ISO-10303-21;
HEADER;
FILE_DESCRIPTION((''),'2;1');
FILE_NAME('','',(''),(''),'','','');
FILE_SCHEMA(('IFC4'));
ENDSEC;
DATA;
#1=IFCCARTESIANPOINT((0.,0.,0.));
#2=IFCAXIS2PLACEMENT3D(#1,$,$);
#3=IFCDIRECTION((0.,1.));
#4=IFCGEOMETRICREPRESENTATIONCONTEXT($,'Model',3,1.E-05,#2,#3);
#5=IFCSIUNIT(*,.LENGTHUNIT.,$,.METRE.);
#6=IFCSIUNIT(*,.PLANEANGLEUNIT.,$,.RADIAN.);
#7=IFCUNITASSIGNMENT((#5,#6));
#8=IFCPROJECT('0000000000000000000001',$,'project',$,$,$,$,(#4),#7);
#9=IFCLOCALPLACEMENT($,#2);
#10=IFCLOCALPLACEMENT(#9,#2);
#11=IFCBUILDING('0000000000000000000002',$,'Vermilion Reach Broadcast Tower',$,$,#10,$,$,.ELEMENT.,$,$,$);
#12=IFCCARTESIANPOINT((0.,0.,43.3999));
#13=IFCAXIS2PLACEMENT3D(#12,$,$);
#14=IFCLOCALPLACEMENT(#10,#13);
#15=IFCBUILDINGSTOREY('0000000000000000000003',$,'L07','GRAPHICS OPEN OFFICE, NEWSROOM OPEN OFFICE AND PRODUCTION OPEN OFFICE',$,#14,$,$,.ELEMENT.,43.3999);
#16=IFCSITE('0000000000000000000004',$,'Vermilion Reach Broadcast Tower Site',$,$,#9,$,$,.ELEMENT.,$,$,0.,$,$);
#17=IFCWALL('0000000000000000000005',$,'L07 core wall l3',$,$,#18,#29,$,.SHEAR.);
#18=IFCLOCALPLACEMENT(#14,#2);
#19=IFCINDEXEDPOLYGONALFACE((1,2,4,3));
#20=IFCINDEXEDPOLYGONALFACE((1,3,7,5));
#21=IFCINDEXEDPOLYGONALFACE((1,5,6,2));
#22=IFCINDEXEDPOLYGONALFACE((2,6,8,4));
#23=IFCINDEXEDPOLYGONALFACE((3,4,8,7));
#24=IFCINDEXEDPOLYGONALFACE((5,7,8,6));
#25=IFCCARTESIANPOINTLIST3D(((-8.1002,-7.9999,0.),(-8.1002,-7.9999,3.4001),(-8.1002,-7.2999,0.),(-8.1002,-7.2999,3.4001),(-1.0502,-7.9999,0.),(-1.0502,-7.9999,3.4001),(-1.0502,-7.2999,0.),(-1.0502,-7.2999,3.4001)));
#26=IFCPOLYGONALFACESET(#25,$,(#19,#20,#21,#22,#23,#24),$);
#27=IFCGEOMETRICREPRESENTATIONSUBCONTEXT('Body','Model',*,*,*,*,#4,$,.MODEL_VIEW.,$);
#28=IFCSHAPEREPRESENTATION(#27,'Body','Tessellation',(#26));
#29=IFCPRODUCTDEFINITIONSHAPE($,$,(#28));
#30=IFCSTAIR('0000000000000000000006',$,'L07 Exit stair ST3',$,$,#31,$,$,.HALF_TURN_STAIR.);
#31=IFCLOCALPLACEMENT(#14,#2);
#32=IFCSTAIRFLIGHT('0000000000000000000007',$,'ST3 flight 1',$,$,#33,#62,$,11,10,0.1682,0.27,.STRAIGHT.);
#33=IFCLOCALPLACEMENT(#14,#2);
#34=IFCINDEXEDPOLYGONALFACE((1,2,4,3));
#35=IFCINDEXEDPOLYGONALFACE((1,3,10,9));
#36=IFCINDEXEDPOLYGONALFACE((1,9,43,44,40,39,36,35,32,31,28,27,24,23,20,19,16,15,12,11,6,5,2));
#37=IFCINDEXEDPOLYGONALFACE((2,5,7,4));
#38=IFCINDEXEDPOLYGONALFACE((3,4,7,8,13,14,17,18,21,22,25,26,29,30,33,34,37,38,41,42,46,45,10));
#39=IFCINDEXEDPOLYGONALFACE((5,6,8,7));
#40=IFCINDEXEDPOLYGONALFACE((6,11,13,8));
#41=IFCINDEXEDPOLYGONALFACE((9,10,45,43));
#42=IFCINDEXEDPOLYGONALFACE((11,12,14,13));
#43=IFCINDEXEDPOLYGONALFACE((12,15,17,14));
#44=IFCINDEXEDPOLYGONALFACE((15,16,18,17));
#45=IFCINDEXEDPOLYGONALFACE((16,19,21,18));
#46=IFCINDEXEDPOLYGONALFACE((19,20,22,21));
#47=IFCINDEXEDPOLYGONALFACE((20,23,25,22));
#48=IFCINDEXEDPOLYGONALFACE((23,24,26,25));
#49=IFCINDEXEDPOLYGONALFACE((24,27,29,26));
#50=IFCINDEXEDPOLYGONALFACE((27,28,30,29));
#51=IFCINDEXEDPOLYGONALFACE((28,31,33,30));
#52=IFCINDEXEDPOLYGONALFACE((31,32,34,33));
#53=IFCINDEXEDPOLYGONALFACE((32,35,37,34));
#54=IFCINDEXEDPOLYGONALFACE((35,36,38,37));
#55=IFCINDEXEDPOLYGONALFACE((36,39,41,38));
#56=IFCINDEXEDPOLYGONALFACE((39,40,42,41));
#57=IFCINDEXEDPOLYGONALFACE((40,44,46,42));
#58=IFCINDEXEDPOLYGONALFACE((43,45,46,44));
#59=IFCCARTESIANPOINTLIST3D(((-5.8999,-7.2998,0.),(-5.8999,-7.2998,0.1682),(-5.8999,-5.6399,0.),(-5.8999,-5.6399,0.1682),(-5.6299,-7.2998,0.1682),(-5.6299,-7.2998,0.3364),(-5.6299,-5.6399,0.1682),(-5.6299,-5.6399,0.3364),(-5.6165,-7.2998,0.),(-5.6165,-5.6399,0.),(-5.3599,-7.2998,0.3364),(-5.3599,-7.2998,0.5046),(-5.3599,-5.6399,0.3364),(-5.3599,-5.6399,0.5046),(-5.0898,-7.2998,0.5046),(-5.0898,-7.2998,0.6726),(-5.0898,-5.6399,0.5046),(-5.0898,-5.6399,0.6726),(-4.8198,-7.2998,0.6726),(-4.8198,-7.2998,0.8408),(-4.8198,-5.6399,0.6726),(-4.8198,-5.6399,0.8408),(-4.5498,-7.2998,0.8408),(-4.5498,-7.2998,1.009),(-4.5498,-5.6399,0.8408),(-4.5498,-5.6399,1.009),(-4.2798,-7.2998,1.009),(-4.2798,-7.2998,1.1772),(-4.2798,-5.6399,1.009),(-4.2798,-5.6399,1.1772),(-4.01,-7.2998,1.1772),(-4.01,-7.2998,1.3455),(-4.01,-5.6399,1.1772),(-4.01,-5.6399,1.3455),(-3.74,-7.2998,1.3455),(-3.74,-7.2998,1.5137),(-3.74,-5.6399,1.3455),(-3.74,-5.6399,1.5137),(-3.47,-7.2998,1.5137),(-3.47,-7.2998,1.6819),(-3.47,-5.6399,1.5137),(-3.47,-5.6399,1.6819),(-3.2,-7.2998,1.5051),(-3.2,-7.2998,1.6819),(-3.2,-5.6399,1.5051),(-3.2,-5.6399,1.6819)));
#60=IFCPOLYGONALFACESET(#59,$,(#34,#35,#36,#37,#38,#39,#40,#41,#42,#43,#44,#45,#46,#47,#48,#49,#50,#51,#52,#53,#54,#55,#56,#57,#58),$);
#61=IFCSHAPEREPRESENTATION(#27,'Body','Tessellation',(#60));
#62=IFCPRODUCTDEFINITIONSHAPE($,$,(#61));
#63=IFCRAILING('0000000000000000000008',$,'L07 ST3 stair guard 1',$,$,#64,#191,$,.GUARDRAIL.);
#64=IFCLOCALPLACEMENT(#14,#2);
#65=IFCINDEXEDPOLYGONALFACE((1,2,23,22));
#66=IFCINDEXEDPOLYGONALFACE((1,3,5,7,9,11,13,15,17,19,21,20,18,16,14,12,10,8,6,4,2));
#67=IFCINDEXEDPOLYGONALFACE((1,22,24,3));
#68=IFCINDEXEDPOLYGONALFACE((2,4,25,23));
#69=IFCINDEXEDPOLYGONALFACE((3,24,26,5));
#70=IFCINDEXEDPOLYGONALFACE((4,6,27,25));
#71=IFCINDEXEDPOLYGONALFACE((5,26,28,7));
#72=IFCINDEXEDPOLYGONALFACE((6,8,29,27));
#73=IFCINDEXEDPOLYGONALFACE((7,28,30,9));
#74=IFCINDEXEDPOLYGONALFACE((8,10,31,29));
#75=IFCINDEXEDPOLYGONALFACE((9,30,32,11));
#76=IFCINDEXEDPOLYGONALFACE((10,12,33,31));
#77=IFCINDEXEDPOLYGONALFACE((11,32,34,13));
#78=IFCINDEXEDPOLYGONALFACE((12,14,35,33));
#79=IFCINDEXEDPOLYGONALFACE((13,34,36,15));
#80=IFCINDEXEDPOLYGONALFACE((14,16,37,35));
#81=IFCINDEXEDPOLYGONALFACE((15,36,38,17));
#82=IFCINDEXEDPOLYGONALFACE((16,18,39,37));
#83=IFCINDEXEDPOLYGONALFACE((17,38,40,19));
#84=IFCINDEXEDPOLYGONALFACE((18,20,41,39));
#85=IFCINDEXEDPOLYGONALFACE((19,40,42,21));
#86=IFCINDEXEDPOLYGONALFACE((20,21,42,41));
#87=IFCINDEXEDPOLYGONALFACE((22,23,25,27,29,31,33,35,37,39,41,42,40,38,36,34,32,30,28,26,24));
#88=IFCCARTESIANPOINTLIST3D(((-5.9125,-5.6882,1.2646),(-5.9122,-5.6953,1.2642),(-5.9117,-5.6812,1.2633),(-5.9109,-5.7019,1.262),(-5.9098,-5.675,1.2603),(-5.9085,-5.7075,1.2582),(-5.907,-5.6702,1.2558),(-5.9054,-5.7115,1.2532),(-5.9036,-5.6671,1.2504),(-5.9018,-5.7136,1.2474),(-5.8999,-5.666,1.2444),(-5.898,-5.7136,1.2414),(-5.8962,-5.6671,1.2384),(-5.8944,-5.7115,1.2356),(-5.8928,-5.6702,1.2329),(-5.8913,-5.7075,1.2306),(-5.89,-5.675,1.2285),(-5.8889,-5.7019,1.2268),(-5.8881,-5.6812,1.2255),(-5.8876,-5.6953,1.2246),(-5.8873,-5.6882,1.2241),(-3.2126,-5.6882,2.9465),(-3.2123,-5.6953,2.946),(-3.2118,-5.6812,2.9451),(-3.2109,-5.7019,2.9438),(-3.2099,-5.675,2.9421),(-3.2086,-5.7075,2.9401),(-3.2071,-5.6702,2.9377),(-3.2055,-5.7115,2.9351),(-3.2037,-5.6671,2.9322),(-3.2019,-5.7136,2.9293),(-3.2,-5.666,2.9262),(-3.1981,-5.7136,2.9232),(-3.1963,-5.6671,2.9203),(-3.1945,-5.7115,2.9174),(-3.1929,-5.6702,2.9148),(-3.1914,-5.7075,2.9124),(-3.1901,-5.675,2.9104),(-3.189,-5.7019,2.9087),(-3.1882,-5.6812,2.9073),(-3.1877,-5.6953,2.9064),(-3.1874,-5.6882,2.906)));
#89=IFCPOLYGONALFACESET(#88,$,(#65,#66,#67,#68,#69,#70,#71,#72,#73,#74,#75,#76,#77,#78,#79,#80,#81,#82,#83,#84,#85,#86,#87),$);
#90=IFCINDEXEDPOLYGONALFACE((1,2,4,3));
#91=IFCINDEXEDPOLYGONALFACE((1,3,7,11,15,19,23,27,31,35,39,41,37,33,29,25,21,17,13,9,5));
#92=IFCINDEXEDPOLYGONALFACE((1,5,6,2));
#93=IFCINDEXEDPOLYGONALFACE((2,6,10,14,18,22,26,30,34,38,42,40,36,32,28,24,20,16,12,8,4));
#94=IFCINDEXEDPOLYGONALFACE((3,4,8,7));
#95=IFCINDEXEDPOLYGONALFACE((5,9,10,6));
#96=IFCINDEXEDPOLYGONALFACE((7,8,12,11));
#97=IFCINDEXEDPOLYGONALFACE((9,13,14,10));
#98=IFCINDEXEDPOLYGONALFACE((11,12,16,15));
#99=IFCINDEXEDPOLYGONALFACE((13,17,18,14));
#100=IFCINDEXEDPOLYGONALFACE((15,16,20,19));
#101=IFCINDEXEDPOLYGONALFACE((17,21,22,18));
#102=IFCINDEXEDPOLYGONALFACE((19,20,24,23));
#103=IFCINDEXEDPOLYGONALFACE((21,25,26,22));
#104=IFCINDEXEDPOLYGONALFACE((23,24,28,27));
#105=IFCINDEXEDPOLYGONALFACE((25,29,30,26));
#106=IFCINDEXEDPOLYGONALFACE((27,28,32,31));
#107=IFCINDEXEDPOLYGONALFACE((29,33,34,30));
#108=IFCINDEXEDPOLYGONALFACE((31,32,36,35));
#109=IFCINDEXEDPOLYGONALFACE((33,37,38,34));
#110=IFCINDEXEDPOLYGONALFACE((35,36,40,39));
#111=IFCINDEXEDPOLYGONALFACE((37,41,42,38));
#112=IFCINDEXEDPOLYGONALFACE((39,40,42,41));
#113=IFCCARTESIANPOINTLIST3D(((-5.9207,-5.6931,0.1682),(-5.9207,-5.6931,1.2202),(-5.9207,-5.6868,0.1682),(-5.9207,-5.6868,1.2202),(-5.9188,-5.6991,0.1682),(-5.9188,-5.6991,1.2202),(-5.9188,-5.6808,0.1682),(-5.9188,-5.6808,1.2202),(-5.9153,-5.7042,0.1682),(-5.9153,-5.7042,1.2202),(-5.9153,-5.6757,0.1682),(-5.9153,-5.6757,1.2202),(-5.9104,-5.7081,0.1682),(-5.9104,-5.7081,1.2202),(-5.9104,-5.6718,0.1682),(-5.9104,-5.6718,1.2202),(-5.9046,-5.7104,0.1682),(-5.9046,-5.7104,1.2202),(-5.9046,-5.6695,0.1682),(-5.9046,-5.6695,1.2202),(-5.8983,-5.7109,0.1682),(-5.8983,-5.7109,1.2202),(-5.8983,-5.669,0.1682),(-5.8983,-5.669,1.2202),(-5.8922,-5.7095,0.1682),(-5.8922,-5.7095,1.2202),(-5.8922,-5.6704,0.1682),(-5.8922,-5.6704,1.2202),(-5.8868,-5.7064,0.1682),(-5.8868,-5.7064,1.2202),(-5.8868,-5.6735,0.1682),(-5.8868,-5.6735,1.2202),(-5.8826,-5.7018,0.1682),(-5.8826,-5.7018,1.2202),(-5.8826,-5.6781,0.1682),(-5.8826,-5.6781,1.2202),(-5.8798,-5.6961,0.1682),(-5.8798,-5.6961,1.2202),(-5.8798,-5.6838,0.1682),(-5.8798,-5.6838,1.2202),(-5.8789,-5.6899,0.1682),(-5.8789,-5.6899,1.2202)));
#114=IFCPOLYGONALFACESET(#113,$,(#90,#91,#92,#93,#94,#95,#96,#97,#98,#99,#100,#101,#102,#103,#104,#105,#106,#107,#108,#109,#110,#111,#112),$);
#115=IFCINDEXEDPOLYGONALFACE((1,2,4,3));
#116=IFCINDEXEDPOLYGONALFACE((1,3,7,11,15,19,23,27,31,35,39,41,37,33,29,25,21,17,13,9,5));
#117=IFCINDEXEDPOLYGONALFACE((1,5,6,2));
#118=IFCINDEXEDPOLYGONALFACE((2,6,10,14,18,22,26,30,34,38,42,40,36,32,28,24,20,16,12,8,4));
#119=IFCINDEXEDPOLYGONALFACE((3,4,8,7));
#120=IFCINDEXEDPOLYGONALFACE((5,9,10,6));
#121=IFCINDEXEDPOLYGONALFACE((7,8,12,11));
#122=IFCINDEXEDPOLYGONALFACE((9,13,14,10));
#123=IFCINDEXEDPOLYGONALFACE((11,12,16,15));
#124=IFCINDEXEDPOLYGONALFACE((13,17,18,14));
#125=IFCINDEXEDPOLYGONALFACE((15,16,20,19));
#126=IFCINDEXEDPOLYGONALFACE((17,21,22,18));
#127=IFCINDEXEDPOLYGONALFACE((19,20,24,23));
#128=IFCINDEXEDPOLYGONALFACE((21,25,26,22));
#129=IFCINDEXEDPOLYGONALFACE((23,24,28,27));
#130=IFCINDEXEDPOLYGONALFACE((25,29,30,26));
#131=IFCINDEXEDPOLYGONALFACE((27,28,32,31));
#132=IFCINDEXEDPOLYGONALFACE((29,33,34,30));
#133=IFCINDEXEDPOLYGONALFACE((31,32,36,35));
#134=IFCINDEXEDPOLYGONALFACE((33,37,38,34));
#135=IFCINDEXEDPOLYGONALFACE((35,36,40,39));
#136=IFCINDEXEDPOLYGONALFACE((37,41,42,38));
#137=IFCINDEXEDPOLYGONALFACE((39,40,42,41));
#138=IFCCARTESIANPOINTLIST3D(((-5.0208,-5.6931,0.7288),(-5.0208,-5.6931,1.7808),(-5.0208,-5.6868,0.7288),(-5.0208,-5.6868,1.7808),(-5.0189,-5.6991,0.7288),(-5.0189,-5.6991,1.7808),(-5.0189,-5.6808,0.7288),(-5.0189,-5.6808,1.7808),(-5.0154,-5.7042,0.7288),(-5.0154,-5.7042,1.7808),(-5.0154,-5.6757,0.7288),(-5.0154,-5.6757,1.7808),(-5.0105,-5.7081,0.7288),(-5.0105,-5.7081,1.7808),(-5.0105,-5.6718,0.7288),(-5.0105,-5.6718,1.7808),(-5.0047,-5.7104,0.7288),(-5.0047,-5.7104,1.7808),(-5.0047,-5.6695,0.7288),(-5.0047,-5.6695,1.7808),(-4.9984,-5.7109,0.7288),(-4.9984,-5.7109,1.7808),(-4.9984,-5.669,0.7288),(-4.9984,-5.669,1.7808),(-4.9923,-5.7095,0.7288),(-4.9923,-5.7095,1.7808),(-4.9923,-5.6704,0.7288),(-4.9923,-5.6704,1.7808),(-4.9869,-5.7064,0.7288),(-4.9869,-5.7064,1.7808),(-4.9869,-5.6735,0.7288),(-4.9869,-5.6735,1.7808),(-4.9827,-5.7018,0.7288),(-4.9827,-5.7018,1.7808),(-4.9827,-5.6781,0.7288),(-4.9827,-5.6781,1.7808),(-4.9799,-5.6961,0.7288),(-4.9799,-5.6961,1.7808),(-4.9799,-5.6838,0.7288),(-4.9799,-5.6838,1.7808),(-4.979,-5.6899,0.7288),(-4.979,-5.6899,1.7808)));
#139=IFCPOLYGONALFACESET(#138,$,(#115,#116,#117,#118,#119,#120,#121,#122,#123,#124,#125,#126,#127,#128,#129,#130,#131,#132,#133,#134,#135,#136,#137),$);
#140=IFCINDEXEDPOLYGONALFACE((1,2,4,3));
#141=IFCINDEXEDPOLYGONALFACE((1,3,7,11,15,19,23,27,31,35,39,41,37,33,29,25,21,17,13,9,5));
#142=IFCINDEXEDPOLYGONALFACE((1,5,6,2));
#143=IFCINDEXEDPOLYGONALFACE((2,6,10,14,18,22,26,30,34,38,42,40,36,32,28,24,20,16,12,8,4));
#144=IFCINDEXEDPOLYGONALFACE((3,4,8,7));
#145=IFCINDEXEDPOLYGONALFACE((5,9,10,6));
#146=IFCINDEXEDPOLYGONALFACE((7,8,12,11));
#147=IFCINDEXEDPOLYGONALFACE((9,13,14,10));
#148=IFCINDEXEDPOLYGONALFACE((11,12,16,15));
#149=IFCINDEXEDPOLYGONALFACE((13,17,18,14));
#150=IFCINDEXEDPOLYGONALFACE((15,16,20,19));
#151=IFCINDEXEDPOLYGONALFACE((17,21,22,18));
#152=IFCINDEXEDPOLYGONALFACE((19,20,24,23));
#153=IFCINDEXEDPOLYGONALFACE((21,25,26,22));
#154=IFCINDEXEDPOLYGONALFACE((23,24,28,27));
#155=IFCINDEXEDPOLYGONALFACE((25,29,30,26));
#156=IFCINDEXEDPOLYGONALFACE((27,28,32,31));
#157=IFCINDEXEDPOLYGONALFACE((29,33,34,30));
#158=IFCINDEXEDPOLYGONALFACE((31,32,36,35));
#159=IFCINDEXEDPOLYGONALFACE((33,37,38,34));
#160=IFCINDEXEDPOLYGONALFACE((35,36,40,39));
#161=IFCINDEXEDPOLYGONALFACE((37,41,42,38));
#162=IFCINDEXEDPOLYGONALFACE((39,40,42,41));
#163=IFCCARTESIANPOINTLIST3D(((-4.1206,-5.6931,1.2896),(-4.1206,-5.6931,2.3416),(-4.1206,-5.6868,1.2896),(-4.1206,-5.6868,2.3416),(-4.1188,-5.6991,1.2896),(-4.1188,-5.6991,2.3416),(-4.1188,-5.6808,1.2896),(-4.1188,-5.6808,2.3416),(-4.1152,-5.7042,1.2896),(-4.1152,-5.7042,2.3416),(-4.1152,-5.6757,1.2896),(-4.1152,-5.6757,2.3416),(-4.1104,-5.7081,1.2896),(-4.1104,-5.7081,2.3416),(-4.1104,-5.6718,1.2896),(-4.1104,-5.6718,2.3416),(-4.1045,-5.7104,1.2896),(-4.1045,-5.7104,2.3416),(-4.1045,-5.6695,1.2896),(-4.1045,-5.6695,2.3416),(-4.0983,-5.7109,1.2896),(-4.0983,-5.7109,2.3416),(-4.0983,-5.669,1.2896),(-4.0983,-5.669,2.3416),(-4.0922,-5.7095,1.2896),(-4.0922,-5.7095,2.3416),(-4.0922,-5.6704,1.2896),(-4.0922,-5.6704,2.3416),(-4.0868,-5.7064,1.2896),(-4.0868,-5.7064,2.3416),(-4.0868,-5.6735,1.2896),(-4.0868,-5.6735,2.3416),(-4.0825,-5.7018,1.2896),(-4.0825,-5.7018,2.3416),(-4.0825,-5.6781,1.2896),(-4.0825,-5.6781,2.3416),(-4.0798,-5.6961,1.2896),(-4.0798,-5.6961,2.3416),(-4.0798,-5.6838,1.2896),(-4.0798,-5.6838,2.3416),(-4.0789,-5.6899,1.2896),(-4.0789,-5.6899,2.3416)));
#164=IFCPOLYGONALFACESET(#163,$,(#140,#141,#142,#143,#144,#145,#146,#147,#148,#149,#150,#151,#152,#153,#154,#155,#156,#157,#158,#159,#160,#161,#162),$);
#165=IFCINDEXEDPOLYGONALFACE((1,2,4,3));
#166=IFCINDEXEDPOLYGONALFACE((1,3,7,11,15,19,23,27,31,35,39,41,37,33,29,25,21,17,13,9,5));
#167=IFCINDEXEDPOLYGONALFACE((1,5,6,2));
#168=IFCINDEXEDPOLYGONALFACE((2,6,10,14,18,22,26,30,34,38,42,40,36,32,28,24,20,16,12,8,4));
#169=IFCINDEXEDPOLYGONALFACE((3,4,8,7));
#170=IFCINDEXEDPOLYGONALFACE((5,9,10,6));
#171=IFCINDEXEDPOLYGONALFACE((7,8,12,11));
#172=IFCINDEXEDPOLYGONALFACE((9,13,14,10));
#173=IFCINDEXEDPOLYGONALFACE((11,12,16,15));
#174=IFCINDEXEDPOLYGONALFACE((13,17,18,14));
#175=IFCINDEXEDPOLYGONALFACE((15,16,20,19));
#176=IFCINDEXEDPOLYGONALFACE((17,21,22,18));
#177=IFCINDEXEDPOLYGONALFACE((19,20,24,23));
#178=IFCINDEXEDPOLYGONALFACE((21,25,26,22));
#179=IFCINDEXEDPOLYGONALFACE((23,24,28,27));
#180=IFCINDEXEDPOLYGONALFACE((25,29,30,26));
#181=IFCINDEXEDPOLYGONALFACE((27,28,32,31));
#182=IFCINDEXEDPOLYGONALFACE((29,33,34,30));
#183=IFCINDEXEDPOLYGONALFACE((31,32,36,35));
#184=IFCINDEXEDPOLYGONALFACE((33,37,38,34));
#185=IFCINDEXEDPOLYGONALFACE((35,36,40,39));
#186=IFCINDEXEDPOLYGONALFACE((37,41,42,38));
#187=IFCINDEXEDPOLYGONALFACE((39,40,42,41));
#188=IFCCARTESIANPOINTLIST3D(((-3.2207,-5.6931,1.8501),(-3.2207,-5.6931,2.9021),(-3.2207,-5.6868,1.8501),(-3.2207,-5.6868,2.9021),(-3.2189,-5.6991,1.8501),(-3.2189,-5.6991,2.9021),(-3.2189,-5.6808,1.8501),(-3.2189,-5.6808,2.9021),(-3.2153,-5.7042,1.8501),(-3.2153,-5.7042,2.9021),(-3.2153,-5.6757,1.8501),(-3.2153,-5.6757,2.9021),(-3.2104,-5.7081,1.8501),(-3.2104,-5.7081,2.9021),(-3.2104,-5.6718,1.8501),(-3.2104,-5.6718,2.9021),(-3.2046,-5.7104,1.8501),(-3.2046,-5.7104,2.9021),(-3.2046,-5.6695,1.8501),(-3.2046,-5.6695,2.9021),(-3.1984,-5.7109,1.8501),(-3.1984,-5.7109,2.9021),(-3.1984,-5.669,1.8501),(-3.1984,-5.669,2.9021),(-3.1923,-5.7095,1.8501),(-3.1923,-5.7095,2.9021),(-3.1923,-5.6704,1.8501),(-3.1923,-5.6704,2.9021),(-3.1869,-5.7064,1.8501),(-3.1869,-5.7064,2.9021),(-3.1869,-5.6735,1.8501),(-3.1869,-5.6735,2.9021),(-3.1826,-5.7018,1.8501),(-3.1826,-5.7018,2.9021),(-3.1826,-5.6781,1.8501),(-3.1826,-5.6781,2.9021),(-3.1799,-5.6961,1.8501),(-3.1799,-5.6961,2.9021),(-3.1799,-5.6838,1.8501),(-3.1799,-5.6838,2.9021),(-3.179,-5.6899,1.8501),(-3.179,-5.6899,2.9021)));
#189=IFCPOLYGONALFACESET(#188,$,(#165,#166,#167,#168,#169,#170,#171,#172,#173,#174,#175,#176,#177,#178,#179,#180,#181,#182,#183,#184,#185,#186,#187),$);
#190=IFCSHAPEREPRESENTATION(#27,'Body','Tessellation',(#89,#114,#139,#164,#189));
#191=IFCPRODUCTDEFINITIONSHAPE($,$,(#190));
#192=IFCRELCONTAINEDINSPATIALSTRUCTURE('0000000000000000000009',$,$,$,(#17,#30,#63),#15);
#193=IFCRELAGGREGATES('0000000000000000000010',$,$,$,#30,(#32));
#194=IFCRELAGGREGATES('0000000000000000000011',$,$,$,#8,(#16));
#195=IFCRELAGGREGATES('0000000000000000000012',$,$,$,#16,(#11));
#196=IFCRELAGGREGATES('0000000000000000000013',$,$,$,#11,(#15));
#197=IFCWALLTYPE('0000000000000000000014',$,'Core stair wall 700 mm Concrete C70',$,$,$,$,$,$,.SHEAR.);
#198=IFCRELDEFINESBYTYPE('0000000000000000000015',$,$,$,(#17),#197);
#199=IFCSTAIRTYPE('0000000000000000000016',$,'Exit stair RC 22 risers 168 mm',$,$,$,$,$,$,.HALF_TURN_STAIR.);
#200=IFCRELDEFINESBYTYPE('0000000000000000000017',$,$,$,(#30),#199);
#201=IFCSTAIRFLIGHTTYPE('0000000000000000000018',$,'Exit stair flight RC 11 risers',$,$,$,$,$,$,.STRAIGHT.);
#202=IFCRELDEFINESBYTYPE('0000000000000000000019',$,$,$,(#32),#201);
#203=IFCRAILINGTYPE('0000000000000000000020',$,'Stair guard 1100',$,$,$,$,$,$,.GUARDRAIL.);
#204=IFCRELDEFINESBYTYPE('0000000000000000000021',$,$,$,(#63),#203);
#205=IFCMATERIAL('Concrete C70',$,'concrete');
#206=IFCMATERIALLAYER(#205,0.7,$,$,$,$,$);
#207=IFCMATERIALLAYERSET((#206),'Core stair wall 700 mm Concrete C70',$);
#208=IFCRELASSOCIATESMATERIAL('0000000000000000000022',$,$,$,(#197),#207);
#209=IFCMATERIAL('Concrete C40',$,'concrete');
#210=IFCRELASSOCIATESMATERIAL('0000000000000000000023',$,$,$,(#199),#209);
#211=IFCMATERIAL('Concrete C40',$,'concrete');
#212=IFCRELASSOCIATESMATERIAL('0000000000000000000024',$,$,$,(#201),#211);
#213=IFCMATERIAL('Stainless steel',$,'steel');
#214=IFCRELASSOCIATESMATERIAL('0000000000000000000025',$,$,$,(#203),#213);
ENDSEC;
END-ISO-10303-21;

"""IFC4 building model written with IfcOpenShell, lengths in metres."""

from ifc_helpers import new_model, si_unit, direction, frame, frame_2d, origin, origin_2d, place, context, subcontext, project, spatial, polyline, rectangle, circle, outline, extrude, material, layer, layer_set, type_object, element, aggregate, save


model = new_model("IFC4")

# Units and contexts
model_context = context("Model", 3, precision=1e-05, world=origin(), true_north=direction((0.0, 1.0)))
body_context = subcontext(model_context, "Body", "Model", "MODEL_VIEW")
ifc_project = project(units=[si_unit("LENGTHUNIT", "METRE"), si_unit("PLANEANGLEUNIT", "RADIAN")], contexts=[model_context])

# Site, building, storey
site_placement = place(None, origin())
site = spatial("IfcSite", under=ifc_project, at=site_placement, Name="Vermilion Reach Broadcast Tower Site", CompositionType="ELEMENT", RefElevation=0.0)
building_placement = place(site_placement, origin())
building = spatial("IfcBuilding", under=site, at=building_placement, Name="Vermilion Reach Broadcast Tower", CompositionType="ELEMENT")
storey_placement = place(building_placement, frame((0.0, 0.0, 43.3999)))
storey = spatial("IfcBuildingStorey", under=building, at=storey_placement, Name="L07", Description="GRAPHICS OPEN OFFICE, NEWSROOM OPEN OFFICE AND PRODUCTION OPEN OFFICE", CompositionType="ELEMENT", Elevation=43.3999)

# Wall
ifc_material_1 = material(Name="Concrete C70", Category="concrete")
ifc_layer_1 = layer(ifc_material_1, 0.7)
ifc_layer_set_1 = layer_set([ifc_layer_1], Name="Core stair wall 700 mm Concrete C70")
wall_type_1 = type_object("IfcWallType", Name="Core stair wall 700 mm Concrete C70", PredefinedType="SHEAR", material=ifc_layer_set_1)
wall_1_placement = place(storey_placement, frame((-8.1001, -7.6499, 0.0), z_axis=(0.0, 0.0, 1.0), x_axis=(1.0, 0.0, 0.0)))
element("IfcWall", 1, at=wall_1_placement, inside=storey, type_object=wall_type_1, Name="L07 core wall l3", PredefinedType="SHEAR", context=body_context, shape_type="SweptSolid", body=[
    extrude(rectangle(XDim=7.05, YDim=0.7, at=frame_2d((3.5249, 0.0))), origin(), (0.0, 0.0, 1.0), 3.4001),
])

# Stair, stair flight
ifc_material_2 = material(Name="Concrete C40", Category="concrete")
stair_type = type_object("IfcStairType", Name="Exit stair RC 22 risers 168 mm", PredefinedType="HALF_TURN_STAIR", material=ifc_material_2)
stair_placement = place(storey_placement, origin())
stair = element("IfcStair", 2, at=stair_placement, inside=storey, type_object=stair_type, Name="L07 Exit stair ST3", PredefinedType="HALF_TURN_STAIR")
ifc_material_3 = material(Name="Concrete C40", Category="concrete")
stair_flight_type = type_object("IfcStairFlightType", Name="Exit stair flight RC 11 risers", PredefinedType="STRAIGHT", material=ifc_material_3)
stair_flight_placement = place(storey_placement, frame((-5.8999, -6.47, 0.0), z_axis=(0.0, 0.0, 1.0), x_axis=(1.0, 0.0, 0.0)))
stair_flight = element("IfcStairFlight", 3, at=stair_flight_placement, type_object=stair_flight_type, Name="ST3 flight 1", NumberOfRisers=11, NumberOfTreads=10, PredefinedType="STRAIGHT", RiserHeight=0.1682, TreadLength=0.27, context=body_context, shape_type="SweptSolid", body=[
    extrude(outline(polyline([(0.0, 0.0), (0.0, 0.1682), (0.27, 0.1682), (0.27, 0.3364), (0.54, 0.3364), (0.54, 0.5046), (0.8101, 0.5046), (0.8101, 0.6726), (1.0801, 0.6726), (1.0801, 0.8408), (1.3501, 0.8408), (1.3501, 1.009), (1.6201, 1.009), (1.6201, 1.1772), (1.8899, 1.1772), (1.8899, 1.3455), (2.1599, 1.3455), (2.1599, 1.5137), (2.4299, 1.5137), (2.4299, 1.6819), (2.7, 1.6819), (2.7, 1.8501), (2.7, 1.5051), (0.2834, 0.0), (0.0, 0.0)])), frame((0.0, 0.8301, 0.0), z_axis=(0.0, -1.0, 0.0), x_axis=(1.0, 0.0, 0.0)), (0.0, 0.0, 1.0), 1.6599),
])
aggregate(stair, [stair_flight])

# Railing
ifc_material_4 = material(Name="Stainless steel", Category="steel")
railing_type_1 = type_object("IfcRailingType", Name="Stair guard 1100", PredefinedType="GUARDRAIL", material=ifc_material_4)
railing_1_placement = place(storey_placement, frame((-5.8999, -5.6899, 0.1682)))
element("IfcRailing", 4, at=railing_1_placement, inside=storey, type_object=railing_type_1, Name="L07 ST3 stair guard 1", PredefinedType="GUARDRAIL", context=body_context, shape_type="SweptSolid", body=[
    extrude(circle(Radius=0.0239, at=origin_2d()), frame((0.0, 0.0, 1.0762), z_axis=(0.848786, 0.0, 0.528736), x_axis=(0.0, 1.0, 0.0)), (0.0, 0.0, 1.0), 3.1809),
    extrude(circle(Radius=0.021, at=origin_2d()), origin(), (0.0, 0.0, 1.0), 1.052),
    extrude(circle(Radius=0.021, at=origin_2d()), frame((0.8999, 0.0, 0.5605)), (0.0, 0.0, 1.0), 1.052),
    extrude(circle(Radius=0.021, at=origin_2d()), frame((1.8, 0.0, 1.1213)), (0.0, 0.0, 1.0), 1.052),
    extrude(circle(Radius=0.021, at=origin_2d()), frame((2.7, 0.0, 1.6819)), (0.0, 0.0, 1.0), 1.052),
])

save(model, "model.ifc")
